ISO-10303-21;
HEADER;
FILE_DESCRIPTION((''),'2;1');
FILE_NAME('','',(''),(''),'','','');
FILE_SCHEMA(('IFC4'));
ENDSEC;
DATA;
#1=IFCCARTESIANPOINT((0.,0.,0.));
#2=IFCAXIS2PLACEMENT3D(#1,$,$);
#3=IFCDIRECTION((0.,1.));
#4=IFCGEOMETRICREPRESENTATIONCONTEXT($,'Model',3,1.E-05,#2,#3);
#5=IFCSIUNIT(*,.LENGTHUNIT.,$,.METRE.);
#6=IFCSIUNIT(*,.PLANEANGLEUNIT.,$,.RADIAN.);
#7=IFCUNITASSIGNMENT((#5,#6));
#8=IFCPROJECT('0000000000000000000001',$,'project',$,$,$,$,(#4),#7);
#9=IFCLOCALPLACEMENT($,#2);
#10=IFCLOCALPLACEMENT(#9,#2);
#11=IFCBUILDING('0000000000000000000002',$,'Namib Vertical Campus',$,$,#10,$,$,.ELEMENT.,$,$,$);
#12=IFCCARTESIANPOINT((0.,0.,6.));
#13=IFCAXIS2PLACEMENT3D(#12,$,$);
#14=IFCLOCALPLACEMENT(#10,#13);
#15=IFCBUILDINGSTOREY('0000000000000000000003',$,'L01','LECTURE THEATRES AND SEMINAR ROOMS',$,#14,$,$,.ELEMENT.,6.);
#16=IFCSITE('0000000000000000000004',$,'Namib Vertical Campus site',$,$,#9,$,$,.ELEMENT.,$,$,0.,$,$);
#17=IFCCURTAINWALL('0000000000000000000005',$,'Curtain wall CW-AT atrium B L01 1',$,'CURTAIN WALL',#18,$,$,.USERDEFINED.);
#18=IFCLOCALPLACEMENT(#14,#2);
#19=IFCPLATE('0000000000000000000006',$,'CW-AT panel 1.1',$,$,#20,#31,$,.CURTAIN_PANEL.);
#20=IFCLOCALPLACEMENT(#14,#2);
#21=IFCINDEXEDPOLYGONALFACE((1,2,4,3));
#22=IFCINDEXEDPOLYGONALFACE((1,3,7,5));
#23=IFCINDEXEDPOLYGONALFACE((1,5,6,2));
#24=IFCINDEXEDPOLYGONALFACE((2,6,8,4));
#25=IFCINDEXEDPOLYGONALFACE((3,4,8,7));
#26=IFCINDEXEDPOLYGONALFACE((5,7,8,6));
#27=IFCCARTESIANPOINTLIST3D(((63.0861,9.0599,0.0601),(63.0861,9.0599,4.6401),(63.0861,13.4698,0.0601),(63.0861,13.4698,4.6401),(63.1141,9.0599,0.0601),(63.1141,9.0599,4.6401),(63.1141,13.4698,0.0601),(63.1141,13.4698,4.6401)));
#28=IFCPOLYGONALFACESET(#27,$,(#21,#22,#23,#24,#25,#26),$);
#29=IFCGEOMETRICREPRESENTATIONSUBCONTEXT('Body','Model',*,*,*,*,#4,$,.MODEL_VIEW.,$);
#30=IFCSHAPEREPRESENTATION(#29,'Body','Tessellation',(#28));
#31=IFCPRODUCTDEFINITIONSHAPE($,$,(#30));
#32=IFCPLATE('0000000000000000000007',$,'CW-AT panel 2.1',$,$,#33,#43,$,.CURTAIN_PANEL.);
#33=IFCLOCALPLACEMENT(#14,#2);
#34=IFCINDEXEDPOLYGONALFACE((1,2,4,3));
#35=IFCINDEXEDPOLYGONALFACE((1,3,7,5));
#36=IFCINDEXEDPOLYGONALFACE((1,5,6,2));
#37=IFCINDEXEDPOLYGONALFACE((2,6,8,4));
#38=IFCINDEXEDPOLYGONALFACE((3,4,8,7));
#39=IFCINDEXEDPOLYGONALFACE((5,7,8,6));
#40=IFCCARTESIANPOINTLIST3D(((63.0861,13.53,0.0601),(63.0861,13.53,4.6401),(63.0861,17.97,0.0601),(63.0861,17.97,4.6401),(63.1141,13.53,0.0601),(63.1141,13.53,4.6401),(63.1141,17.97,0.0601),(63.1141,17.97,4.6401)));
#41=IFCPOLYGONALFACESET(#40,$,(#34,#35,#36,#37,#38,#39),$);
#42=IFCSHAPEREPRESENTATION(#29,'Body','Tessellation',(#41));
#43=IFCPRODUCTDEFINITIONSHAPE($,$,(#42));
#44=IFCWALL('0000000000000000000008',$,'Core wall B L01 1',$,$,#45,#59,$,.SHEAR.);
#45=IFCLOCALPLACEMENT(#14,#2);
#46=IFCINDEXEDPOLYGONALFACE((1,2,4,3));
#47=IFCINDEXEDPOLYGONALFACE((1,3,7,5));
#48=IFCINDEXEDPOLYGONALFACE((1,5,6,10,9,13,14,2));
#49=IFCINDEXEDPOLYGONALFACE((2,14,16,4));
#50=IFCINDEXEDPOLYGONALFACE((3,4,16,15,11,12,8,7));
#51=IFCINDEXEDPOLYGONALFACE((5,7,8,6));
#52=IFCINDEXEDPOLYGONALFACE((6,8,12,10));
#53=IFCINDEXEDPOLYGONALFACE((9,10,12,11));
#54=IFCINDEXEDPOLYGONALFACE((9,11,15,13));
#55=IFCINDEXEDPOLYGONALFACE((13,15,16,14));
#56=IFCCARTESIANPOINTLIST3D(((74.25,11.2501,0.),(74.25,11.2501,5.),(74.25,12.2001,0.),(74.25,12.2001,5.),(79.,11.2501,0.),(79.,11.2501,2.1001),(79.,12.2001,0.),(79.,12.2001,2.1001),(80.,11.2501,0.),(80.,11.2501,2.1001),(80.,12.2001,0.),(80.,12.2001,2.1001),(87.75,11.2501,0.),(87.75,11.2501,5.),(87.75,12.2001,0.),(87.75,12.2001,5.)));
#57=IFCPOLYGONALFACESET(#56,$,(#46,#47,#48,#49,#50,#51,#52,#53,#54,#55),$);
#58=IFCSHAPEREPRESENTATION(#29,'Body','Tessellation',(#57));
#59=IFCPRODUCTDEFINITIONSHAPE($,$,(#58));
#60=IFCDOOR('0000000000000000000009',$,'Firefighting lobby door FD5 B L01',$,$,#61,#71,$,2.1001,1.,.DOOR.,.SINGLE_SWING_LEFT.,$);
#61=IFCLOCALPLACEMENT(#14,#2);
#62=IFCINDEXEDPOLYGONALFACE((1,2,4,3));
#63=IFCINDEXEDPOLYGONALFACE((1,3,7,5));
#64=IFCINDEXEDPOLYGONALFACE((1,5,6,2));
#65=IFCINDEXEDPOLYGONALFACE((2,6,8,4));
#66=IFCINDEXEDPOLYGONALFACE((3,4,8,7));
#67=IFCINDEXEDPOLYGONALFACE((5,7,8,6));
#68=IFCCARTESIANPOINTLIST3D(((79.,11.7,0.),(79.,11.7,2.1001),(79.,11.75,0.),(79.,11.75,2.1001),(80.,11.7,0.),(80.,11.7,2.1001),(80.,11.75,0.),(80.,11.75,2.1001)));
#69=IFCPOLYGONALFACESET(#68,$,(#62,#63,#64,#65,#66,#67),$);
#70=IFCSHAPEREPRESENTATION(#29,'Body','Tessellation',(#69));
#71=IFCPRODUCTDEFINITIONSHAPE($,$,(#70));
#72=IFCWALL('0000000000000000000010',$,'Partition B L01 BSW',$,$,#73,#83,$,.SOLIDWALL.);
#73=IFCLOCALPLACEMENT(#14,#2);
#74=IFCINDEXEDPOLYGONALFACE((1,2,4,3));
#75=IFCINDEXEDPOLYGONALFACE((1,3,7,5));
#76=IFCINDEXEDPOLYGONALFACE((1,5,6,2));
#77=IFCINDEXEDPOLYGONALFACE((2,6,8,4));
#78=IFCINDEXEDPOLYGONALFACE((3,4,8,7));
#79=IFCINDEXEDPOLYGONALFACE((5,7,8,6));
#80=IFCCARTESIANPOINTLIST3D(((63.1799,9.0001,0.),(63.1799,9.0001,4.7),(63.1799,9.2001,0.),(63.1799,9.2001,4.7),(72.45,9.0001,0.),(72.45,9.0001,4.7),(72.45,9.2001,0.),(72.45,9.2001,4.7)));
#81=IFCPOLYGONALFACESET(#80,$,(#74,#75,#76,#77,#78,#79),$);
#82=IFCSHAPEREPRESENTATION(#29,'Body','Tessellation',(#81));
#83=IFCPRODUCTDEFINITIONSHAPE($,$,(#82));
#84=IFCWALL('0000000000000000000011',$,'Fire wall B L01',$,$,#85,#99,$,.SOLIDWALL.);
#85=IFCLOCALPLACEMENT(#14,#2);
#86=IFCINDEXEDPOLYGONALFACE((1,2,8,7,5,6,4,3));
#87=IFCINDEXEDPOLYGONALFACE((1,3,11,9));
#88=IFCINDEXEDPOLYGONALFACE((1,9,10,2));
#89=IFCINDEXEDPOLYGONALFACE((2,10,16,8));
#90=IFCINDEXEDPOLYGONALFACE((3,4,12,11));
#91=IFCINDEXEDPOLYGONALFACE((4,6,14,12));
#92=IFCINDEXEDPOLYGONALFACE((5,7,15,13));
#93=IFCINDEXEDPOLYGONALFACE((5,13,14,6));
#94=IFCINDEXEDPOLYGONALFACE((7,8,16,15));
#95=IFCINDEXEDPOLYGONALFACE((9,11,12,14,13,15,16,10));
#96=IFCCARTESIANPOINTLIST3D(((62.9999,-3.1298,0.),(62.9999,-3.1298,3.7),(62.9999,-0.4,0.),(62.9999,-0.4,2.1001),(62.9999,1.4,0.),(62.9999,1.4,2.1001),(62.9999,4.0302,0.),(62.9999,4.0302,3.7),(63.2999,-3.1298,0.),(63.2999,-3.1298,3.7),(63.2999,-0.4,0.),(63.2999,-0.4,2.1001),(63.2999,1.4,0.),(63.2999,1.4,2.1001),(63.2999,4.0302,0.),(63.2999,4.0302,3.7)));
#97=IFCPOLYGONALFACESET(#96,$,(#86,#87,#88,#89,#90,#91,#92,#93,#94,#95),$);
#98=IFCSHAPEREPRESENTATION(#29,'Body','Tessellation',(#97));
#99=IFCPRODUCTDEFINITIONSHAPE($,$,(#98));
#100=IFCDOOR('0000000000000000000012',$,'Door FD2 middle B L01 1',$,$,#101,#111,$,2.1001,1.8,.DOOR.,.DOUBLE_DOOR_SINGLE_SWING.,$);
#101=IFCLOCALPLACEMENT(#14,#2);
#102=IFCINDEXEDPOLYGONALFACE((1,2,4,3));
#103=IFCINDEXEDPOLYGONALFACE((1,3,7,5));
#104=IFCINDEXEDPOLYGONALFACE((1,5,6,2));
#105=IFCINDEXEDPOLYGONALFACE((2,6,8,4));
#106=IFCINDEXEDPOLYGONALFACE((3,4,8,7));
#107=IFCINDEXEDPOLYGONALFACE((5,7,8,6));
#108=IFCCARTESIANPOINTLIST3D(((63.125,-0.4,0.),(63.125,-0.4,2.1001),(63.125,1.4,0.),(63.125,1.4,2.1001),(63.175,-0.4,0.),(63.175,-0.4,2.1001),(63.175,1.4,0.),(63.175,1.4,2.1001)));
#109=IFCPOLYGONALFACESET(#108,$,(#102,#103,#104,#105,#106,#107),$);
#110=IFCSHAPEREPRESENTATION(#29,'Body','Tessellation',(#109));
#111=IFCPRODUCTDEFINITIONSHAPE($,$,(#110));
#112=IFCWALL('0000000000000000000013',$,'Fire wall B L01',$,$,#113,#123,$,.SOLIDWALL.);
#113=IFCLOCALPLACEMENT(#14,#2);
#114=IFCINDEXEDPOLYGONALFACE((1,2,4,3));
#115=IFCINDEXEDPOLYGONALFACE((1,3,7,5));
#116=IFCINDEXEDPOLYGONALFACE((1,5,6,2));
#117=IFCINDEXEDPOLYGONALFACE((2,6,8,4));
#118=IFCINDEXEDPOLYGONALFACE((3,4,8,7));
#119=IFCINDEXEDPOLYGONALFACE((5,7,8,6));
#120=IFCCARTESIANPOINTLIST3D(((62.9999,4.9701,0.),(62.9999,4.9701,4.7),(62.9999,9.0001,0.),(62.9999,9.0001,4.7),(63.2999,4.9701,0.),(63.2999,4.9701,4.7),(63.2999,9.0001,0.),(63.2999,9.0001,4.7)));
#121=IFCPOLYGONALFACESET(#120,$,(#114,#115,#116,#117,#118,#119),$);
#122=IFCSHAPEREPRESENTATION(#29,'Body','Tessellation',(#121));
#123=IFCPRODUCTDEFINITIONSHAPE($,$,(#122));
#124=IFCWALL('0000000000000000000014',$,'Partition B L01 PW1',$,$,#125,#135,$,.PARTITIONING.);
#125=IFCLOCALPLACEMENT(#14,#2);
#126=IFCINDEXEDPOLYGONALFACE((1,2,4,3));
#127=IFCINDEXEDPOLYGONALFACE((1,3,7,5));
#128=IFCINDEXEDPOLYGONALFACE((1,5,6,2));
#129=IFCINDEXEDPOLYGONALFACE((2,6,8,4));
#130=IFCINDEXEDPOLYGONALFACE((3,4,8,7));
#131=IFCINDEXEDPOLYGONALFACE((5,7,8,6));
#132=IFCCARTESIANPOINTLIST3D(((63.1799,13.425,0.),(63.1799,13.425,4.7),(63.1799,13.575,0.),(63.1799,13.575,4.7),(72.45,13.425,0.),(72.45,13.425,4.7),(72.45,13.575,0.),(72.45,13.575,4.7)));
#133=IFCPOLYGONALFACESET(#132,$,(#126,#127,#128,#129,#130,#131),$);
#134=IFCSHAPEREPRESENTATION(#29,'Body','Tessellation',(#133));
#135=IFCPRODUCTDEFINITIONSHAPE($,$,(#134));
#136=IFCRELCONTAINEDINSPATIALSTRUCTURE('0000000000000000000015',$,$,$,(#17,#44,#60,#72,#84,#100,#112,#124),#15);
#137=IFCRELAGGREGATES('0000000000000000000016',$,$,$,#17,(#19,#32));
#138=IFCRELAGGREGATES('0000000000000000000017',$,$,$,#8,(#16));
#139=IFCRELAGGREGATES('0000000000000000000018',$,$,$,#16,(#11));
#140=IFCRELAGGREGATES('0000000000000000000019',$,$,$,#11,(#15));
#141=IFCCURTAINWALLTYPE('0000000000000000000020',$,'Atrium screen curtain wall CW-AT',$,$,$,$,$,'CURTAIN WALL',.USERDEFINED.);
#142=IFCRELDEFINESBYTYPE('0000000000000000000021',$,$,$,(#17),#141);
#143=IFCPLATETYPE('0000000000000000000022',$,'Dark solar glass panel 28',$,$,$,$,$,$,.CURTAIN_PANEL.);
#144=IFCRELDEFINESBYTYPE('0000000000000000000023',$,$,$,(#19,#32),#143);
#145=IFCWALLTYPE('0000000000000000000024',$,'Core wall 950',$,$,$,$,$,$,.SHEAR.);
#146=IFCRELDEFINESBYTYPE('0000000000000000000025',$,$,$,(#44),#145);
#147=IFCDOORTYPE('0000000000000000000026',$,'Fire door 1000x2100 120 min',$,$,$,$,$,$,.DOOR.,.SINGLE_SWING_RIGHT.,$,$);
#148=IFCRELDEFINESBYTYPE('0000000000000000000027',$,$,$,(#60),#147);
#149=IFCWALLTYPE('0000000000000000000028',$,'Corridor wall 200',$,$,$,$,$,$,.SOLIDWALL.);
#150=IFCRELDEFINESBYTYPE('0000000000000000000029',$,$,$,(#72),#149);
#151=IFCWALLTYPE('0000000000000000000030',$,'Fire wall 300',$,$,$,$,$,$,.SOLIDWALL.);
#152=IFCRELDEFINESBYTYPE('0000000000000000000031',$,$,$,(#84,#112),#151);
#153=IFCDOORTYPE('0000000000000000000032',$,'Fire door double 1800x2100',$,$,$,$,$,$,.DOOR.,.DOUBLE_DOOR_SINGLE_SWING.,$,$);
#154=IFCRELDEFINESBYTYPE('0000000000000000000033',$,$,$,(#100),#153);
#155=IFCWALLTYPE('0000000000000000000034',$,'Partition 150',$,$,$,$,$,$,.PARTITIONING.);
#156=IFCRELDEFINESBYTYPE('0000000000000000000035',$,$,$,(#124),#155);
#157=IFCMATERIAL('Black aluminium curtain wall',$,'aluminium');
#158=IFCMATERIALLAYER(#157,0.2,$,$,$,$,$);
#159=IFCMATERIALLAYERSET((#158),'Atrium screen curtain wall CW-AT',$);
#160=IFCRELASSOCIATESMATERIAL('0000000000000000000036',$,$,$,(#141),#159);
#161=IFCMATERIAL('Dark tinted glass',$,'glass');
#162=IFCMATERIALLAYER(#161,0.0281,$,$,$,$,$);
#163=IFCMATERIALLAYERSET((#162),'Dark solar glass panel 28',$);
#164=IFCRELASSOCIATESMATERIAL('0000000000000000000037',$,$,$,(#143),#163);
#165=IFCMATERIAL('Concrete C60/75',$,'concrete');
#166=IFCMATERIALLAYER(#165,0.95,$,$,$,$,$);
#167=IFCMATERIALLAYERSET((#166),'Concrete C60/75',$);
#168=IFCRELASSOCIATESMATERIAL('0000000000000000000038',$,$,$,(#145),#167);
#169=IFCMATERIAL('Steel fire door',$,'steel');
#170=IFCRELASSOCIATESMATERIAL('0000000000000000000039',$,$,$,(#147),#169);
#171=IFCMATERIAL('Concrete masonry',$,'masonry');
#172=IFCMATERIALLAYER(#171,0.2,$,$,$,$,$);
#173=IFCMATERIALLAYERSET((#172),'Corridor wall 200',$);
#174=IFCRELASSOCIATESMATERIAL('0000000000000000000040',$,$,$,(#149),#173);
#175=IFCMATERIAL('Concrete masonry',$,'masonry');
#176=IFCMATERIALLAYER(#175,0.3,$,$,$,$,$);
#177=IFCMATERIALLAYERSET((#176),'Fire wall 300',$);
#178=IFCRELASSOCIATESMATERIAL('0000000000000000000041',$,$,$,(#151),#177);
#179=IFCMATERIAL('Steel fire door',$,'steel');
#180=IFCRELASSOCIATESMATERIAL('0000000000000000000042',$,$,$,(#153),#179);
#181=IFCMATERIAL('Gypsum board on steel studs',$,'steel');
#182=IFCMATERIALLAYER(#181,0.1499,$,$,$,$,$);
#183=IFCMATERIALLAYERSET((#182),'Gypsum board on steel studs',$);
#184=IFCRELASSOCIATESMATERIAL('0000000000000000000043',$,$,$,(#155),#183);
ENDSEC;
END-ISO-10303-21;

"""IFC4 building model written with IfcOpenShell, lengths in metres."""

from ifc_helpers import new_model, si_unit, direction, frame, frame_2d, origin, origin_2d, place, context, subcontext, project, spatial, rectangle, extrude, material, layer, layer_set, type_object, element, fill, aggregate, save


model = new_model("IFC4")

# Units and contexts
model_context = context("Model", 3, precision=1e-05, world=origin(), true_north=direction((0.0, 1.0)))
body_context = subcontext(model_context, "Body", "Model", "MODEL_VIEW")
ifc_project = project(units=[si_unit("LENGTHUNIT", "METRE"), si_unit("PLANEANGLEUNIT", "RADIAN")], contexts=[model_context])

# Site, building, storey
site_placement = place(None, origin())
site = spatial("IfcSite", under=ifc_project, at=site_placement, Name="Namib Vertical Campus site", CompositionType="ELEMENT", RefElevation=0.0)
building_placement = place(site_placement, origin())
building = spatial("IfcBuilding", under=site, at=building_placement, Name="Namib Vertical Campus", CompositionType="ELEMENT")
storey_placement = place(building_placement, frame((0.0, 0.0, 6.0)))
storey = spatial("IfcBuildingStorey", under=building, at=storey_placement, Name="L01", Description="LECTURE THEATRES AND SEMINAR ROOMS", CompositionType="ELEMENT", Elevation=6.0)

# Curtain wall
ifc_material_1 = material(Name="Black aluminium curtain wall", Category="aluminium")
ifc_layer_1 = layer(ifc_material_1, 0.2)
ifc_layer_set_1 = layer_set([ifc_layer_1], Name="Atrium screen curtain wall CW-AT")
curtain_wall_type = type_object("IfcCurtainWallType", Name="Atrium screen curtain wall CW-AT", ElementType="CURTAIN WALL", PredefinedType="USERDEFINED", material=ifc_layer_set_1)
curtain_wall_placement = place(storey_placement, origin())
curtain_wall = element("IfcCurtainWall", 1, at=curtain_wall_placement, inside=storey, type_object=curtain_wall_type, Name="Curtain wall CW-AT atrium B L01 1", ObjectType="CURTAIN WALL", PredefinedType="USERDEFINED")

# Plates
ifc_material_2 = material(Name="Dark tinted glass", Category="glass")
ifc_layer_2 = layer(ifc_material_2, 0.0281)
ifc_layer_set_2 = layer_set([ifc_layer_2], Name="Dark solar glass panel 28")
plate_type = type_object("IfcPlateType", Name="Dark solar glass panel 28", PredefinedType="CURTAIN_PANEL", material=ifc_layer_set_2)
plate_1_placement = place(storey_placement, frame((63.1001, 11.2649, 0.0601), z_axis=(0.0, 0.0, 1.0), x_axis=(0.0, 1.0, 0.0)))
plate_1 = element("IfcPlate", 2, at=plate_1_placement, type_object=plate_type, Name="CW-AT panel 1.1", PredefinedType="CURTAIN_PANEL", context=body_context, shape_type="SweptSolid", body=[
    extrude(rectangle(XDim=4.4099, YDim=0.0281, at=origin_2d()), origin(), (0.0, 0.0, 1.0), 4.5801),
])
plate_2_placement = place(storey_placement, frame((63.1001, 15.75, 0.0601), z_axis=(0.0, 0.0, 1.0), x_axis=(0.0, 1.0, 0.0)))
plate_2 = element("IfcPlate", 3, at=plate_2_placement, type_object=plate_type, Name="CW-AT panel 2.1", PredefinedType="CURTAIN_PANEL", context=body_context, shape_type="SweptSolid", body=[
    extrude(rectangle(XDim=4.4399, YDim=0.0281, at=origin_2d()), origin(), (0.0, 0.0, 1.0), 4.5801),
])
aggregate(curtain_wall, [plate_1, plate_2])

# Wall, opening, door
ifc_material_3 = material(Name="Concrete C60/75", Category="concrete")
ifc_layer_3 = layer(ifc_material_3, 0.95)
ifc_layer_set_3 = layer_set([ifc_layer_3], Name="Concrete C60/75")
wall_type_1 = type_object("IfcWallType", Name="Core wall 950", PredefinedType="SHEAR", material=ifc_layer_set_3)
wall_1_placement = place(storey_placement, frame((74.25, 11.7251, 0.0), z_axis=(0.0, 0.0, 1.0), x_axis=(1.0, 0.0, 0.0)))
wall_1 = element("IfcWall", 4, at=wall_1_placement, inside=storey, type_object=wall_type_1, Name="Core wall B L01 1", PredefinedType="SHEAR", context=body_context, shape_type="SweptSolid", body=[
    extrude(rectangle(XDim=13.5, YDim=0.95, at=frame_2d((6.75, 0.0))), origin(), (0.0, 0.0, 1.0), 5.0),
])
opening_1_placement = place(wall_1_placement, frame((4.75, 0.0, 0.0)))
opening_1 = element("IfcOpeningElement", 5, at=opening_1_placement, cuts=wall_1, PredefinedType="OPENING", context=body_context, shape_type="SweptSolid", body=[
    extrude(rectangle(XDim=1.0, YDim=2.1001, at=frame_2d((0.5, 1.05))), frame((0.0, 0.4849, 0.0), z_axis=(0.0, -1.0, 0.0), x_axis=(1.0, 0.0, 0.0)), (0.0, 0.0, 1.0), 0.97),
])
ifc_material_4 = material(Name="Steel fire door", Category="steel")
door_type_1 = type_object("IfcDoorType", Name="Fire door 1000x2100 120 min", OperationType="SINGLE_SWING_RIGHT", PredefinedType="DOOR", material=ifc_material_4)
door_1_placement = place(opening_1_placement, origin())
door_1 = element("IfcDoor", 6, at=door_1_placement, inside=storey, type_object=door_type_1, Name="Firefighting lobby door FD5 B L01", OperationType="SINGLE_SWING_LEFT", OverallHeight=2.1001, OverallWidth=1.0, PredefinedType="DOOR", context=body_context, shape_type="SweptSolid", body=[
    extrude(rectangle(XDim=1.0, YDim=2.1001, at=frame_2d((0.5, 1.05))), frame((0.0, 0.0249, 0.0), z_axis=(0.0, -1.0, 0.0), x_axis=(1.0, 0.0, 0.0)), (0.0, 0.0, 1.0), 0.05),
])
fill(opening_1, door_1)

# Shared definitions
ifc_material_5 = material(Name="Concrete masonry", Category="masonry")
ifc_layer_4 = layer(ifc_material_5, 0.2)
ifc_layer_set_4 = layer_set([ifc_layer_4], Name="Corridor wall 200")
wall_type_2 = type_object("IfcWallType", Name="Corridor wall 200", PredefinedType="SOLIDWALL", material=ifc_layer_set_4)

# Wall
wall_2_placement = place(storey_placement, frame((63.1799, 9.1001, 0.0), z_axis=(0.0, 0.0, 1.0), x_axis=(1.0, 0.0, 0.0)))
element("IfcWall", 7, at=wall_2_placement, inside=storey, type_object=wall_type_2, Name="Partition B L01 BSW", PredefinedType="SOLIDWALL", context=body_context, shape_type="SweptSolid", body=[
    extrude(rectangle(XDim=9.27, YDim=0.2, at=frame_2d((4.635, 0.0))), origin(), (0.0, 0.0, 1.0), 4.7),
])

# Wall, opening, door
ifc_material_6 = material(Name="Concrete masonry", Category="masonry")
ifc_layer_5 = layer(ifc_material_6, 0.3)
ifc_layer_set_5 = layer_set([ifc_layer_5], Name="Fire wall 300")
wall_type_3 = type_object("IfcWallType", Name="Fire wall 300", PredefinedType="SOLIDWALL", material=ifc_layer_set_5)
wall_3_placement = place(storey_placement, frame((63.1499, -3.1299, 0.0), z_axis=(0.0, 0.0, 1.0), x_axis=(0.0, 1.0, 0.0)))
wall_3 = element("IfcWall", 8, at=wall_3_placement, inside=storey, type_object=wall_type_3, Name="Fire wall B L01", PredefinedType="SOLIDWALL", context=body_context, shape_type="SweptSolid", body=[
    extrude(rectangle(XDim=7.1599, YDim=0.3, at=frame_2d((3.5801, 0.0))), origin(), (0.0, 0.0, 1.0), 3.7),
])
opening_2_placement = place(wall_3_placement, frame((2.73, 0.0, 0.0)))
opening_2 = element("IfcOpeningElement", 9, at=opening_2_placement, cuts=wall_3, PredefinedType="OPENING", context=body_context, shape_type="SweptSolid", body=[
    extrude(rectangle(XDim=1.8, YDim=2.1001, at=frame_2d((0.8999, 1.05))), frame((0.0, 0.1599, 0.0), z_axis=(0.0, -1.0, 0.0), x_axis=(1.0, 0.0, 0.0)), (0.0, 0.0, 1.0), 0.3201),
])
ifc_material_7 = material(Name="Steel fire door", Category="steel")
door_type_2 = type_object("IfcDoorType", Name="Fire door double 1800x2100", OperationType="DOUBLE_DOOR_SINGLE_SWING", PredefinedType="DOOR", material=ifc_material_7)
door_2_placement = place(opening_2_placement, origin())
door_2 = element("IfcDoor", 10, at=door_2_placement, inside=storey, type_object=door_type_2, Name="Door FD2 middle B L01 1", OperationType="DOUBLE_DOOR_SINGLE_SWING", OverallHeight=2.1001, OverallWidth=1.8, PredefinedType="DOOR", context=body_context, shape_type="SweptSolid", body=[
    extrude(rectangle(XDim=1.8, YDim=2.1001, at=frame_2d((0.8999, 1.05))), frame((0.0, 0.0249, 0.0), z_axis=(0.0, -1.0, 0.0), x_axis=(1.0, 0.0, 0.0)), (0.0, 0.0, 1.0), 0.05),
])
fill(opening_2, door_2)

# Walls
wall_4_placement = place(storey_placement, frame((63.1499, 4.97, 0.0), z_axis=(0.0, 0.0, 1.0), x_axis=(0.0, 1.0, 0.0)))
element("IfcWall", 11, at=wall_4_placement, inside=storey, type_object=wall_type_3, Name="Fire wall B L01", PredefinedType="SOLIDWALL", context=body_context, shape_type="SweptSolid", body=[
    extrude(rectangle(XDim=4.03, YDim=0.3, at=frame_2d((2.0151, 0.0))), origin(), (0.0, 0.0, 1.0), 4.7),
])
ifc_material_8 = material(Name="Gypsum board on steel studs", Category="steel")
ifc_layer_6 = layer(ifc_material_8, 0.1499)
ifc_layer_set_6 = layer_set([ifc_layer_6], Name="Gypsum board on steel studs")
wall_type_4 = type_object("IfcWallType", Name="Partition 150", PredefinedType="PARTITIONING", material=ifc_layer_set_6)
wall_5_placement = place(storey_placement, frame((63.1799, 13.5, 0.0), z_axis=(0.0, 0.0, 1.0), x_axis=(1.0, 0.0, 0.0)))
element("IfcWall", 12, at=wall_5_placement, inside=storey, type_object=wall_type_4, Name="Partition B L01 PW1", PredefinedType="PARTITIONING", context=body_context, shape_type="SweptSolid", body=[
    extrude(rectangle(XDim=9.27, YDim=0.1499, at=frame_2d((4.635, 0.0))), origin(), (0.0, 0.0, 1.0), 4.7),
])

save(model, "model.ifc")
